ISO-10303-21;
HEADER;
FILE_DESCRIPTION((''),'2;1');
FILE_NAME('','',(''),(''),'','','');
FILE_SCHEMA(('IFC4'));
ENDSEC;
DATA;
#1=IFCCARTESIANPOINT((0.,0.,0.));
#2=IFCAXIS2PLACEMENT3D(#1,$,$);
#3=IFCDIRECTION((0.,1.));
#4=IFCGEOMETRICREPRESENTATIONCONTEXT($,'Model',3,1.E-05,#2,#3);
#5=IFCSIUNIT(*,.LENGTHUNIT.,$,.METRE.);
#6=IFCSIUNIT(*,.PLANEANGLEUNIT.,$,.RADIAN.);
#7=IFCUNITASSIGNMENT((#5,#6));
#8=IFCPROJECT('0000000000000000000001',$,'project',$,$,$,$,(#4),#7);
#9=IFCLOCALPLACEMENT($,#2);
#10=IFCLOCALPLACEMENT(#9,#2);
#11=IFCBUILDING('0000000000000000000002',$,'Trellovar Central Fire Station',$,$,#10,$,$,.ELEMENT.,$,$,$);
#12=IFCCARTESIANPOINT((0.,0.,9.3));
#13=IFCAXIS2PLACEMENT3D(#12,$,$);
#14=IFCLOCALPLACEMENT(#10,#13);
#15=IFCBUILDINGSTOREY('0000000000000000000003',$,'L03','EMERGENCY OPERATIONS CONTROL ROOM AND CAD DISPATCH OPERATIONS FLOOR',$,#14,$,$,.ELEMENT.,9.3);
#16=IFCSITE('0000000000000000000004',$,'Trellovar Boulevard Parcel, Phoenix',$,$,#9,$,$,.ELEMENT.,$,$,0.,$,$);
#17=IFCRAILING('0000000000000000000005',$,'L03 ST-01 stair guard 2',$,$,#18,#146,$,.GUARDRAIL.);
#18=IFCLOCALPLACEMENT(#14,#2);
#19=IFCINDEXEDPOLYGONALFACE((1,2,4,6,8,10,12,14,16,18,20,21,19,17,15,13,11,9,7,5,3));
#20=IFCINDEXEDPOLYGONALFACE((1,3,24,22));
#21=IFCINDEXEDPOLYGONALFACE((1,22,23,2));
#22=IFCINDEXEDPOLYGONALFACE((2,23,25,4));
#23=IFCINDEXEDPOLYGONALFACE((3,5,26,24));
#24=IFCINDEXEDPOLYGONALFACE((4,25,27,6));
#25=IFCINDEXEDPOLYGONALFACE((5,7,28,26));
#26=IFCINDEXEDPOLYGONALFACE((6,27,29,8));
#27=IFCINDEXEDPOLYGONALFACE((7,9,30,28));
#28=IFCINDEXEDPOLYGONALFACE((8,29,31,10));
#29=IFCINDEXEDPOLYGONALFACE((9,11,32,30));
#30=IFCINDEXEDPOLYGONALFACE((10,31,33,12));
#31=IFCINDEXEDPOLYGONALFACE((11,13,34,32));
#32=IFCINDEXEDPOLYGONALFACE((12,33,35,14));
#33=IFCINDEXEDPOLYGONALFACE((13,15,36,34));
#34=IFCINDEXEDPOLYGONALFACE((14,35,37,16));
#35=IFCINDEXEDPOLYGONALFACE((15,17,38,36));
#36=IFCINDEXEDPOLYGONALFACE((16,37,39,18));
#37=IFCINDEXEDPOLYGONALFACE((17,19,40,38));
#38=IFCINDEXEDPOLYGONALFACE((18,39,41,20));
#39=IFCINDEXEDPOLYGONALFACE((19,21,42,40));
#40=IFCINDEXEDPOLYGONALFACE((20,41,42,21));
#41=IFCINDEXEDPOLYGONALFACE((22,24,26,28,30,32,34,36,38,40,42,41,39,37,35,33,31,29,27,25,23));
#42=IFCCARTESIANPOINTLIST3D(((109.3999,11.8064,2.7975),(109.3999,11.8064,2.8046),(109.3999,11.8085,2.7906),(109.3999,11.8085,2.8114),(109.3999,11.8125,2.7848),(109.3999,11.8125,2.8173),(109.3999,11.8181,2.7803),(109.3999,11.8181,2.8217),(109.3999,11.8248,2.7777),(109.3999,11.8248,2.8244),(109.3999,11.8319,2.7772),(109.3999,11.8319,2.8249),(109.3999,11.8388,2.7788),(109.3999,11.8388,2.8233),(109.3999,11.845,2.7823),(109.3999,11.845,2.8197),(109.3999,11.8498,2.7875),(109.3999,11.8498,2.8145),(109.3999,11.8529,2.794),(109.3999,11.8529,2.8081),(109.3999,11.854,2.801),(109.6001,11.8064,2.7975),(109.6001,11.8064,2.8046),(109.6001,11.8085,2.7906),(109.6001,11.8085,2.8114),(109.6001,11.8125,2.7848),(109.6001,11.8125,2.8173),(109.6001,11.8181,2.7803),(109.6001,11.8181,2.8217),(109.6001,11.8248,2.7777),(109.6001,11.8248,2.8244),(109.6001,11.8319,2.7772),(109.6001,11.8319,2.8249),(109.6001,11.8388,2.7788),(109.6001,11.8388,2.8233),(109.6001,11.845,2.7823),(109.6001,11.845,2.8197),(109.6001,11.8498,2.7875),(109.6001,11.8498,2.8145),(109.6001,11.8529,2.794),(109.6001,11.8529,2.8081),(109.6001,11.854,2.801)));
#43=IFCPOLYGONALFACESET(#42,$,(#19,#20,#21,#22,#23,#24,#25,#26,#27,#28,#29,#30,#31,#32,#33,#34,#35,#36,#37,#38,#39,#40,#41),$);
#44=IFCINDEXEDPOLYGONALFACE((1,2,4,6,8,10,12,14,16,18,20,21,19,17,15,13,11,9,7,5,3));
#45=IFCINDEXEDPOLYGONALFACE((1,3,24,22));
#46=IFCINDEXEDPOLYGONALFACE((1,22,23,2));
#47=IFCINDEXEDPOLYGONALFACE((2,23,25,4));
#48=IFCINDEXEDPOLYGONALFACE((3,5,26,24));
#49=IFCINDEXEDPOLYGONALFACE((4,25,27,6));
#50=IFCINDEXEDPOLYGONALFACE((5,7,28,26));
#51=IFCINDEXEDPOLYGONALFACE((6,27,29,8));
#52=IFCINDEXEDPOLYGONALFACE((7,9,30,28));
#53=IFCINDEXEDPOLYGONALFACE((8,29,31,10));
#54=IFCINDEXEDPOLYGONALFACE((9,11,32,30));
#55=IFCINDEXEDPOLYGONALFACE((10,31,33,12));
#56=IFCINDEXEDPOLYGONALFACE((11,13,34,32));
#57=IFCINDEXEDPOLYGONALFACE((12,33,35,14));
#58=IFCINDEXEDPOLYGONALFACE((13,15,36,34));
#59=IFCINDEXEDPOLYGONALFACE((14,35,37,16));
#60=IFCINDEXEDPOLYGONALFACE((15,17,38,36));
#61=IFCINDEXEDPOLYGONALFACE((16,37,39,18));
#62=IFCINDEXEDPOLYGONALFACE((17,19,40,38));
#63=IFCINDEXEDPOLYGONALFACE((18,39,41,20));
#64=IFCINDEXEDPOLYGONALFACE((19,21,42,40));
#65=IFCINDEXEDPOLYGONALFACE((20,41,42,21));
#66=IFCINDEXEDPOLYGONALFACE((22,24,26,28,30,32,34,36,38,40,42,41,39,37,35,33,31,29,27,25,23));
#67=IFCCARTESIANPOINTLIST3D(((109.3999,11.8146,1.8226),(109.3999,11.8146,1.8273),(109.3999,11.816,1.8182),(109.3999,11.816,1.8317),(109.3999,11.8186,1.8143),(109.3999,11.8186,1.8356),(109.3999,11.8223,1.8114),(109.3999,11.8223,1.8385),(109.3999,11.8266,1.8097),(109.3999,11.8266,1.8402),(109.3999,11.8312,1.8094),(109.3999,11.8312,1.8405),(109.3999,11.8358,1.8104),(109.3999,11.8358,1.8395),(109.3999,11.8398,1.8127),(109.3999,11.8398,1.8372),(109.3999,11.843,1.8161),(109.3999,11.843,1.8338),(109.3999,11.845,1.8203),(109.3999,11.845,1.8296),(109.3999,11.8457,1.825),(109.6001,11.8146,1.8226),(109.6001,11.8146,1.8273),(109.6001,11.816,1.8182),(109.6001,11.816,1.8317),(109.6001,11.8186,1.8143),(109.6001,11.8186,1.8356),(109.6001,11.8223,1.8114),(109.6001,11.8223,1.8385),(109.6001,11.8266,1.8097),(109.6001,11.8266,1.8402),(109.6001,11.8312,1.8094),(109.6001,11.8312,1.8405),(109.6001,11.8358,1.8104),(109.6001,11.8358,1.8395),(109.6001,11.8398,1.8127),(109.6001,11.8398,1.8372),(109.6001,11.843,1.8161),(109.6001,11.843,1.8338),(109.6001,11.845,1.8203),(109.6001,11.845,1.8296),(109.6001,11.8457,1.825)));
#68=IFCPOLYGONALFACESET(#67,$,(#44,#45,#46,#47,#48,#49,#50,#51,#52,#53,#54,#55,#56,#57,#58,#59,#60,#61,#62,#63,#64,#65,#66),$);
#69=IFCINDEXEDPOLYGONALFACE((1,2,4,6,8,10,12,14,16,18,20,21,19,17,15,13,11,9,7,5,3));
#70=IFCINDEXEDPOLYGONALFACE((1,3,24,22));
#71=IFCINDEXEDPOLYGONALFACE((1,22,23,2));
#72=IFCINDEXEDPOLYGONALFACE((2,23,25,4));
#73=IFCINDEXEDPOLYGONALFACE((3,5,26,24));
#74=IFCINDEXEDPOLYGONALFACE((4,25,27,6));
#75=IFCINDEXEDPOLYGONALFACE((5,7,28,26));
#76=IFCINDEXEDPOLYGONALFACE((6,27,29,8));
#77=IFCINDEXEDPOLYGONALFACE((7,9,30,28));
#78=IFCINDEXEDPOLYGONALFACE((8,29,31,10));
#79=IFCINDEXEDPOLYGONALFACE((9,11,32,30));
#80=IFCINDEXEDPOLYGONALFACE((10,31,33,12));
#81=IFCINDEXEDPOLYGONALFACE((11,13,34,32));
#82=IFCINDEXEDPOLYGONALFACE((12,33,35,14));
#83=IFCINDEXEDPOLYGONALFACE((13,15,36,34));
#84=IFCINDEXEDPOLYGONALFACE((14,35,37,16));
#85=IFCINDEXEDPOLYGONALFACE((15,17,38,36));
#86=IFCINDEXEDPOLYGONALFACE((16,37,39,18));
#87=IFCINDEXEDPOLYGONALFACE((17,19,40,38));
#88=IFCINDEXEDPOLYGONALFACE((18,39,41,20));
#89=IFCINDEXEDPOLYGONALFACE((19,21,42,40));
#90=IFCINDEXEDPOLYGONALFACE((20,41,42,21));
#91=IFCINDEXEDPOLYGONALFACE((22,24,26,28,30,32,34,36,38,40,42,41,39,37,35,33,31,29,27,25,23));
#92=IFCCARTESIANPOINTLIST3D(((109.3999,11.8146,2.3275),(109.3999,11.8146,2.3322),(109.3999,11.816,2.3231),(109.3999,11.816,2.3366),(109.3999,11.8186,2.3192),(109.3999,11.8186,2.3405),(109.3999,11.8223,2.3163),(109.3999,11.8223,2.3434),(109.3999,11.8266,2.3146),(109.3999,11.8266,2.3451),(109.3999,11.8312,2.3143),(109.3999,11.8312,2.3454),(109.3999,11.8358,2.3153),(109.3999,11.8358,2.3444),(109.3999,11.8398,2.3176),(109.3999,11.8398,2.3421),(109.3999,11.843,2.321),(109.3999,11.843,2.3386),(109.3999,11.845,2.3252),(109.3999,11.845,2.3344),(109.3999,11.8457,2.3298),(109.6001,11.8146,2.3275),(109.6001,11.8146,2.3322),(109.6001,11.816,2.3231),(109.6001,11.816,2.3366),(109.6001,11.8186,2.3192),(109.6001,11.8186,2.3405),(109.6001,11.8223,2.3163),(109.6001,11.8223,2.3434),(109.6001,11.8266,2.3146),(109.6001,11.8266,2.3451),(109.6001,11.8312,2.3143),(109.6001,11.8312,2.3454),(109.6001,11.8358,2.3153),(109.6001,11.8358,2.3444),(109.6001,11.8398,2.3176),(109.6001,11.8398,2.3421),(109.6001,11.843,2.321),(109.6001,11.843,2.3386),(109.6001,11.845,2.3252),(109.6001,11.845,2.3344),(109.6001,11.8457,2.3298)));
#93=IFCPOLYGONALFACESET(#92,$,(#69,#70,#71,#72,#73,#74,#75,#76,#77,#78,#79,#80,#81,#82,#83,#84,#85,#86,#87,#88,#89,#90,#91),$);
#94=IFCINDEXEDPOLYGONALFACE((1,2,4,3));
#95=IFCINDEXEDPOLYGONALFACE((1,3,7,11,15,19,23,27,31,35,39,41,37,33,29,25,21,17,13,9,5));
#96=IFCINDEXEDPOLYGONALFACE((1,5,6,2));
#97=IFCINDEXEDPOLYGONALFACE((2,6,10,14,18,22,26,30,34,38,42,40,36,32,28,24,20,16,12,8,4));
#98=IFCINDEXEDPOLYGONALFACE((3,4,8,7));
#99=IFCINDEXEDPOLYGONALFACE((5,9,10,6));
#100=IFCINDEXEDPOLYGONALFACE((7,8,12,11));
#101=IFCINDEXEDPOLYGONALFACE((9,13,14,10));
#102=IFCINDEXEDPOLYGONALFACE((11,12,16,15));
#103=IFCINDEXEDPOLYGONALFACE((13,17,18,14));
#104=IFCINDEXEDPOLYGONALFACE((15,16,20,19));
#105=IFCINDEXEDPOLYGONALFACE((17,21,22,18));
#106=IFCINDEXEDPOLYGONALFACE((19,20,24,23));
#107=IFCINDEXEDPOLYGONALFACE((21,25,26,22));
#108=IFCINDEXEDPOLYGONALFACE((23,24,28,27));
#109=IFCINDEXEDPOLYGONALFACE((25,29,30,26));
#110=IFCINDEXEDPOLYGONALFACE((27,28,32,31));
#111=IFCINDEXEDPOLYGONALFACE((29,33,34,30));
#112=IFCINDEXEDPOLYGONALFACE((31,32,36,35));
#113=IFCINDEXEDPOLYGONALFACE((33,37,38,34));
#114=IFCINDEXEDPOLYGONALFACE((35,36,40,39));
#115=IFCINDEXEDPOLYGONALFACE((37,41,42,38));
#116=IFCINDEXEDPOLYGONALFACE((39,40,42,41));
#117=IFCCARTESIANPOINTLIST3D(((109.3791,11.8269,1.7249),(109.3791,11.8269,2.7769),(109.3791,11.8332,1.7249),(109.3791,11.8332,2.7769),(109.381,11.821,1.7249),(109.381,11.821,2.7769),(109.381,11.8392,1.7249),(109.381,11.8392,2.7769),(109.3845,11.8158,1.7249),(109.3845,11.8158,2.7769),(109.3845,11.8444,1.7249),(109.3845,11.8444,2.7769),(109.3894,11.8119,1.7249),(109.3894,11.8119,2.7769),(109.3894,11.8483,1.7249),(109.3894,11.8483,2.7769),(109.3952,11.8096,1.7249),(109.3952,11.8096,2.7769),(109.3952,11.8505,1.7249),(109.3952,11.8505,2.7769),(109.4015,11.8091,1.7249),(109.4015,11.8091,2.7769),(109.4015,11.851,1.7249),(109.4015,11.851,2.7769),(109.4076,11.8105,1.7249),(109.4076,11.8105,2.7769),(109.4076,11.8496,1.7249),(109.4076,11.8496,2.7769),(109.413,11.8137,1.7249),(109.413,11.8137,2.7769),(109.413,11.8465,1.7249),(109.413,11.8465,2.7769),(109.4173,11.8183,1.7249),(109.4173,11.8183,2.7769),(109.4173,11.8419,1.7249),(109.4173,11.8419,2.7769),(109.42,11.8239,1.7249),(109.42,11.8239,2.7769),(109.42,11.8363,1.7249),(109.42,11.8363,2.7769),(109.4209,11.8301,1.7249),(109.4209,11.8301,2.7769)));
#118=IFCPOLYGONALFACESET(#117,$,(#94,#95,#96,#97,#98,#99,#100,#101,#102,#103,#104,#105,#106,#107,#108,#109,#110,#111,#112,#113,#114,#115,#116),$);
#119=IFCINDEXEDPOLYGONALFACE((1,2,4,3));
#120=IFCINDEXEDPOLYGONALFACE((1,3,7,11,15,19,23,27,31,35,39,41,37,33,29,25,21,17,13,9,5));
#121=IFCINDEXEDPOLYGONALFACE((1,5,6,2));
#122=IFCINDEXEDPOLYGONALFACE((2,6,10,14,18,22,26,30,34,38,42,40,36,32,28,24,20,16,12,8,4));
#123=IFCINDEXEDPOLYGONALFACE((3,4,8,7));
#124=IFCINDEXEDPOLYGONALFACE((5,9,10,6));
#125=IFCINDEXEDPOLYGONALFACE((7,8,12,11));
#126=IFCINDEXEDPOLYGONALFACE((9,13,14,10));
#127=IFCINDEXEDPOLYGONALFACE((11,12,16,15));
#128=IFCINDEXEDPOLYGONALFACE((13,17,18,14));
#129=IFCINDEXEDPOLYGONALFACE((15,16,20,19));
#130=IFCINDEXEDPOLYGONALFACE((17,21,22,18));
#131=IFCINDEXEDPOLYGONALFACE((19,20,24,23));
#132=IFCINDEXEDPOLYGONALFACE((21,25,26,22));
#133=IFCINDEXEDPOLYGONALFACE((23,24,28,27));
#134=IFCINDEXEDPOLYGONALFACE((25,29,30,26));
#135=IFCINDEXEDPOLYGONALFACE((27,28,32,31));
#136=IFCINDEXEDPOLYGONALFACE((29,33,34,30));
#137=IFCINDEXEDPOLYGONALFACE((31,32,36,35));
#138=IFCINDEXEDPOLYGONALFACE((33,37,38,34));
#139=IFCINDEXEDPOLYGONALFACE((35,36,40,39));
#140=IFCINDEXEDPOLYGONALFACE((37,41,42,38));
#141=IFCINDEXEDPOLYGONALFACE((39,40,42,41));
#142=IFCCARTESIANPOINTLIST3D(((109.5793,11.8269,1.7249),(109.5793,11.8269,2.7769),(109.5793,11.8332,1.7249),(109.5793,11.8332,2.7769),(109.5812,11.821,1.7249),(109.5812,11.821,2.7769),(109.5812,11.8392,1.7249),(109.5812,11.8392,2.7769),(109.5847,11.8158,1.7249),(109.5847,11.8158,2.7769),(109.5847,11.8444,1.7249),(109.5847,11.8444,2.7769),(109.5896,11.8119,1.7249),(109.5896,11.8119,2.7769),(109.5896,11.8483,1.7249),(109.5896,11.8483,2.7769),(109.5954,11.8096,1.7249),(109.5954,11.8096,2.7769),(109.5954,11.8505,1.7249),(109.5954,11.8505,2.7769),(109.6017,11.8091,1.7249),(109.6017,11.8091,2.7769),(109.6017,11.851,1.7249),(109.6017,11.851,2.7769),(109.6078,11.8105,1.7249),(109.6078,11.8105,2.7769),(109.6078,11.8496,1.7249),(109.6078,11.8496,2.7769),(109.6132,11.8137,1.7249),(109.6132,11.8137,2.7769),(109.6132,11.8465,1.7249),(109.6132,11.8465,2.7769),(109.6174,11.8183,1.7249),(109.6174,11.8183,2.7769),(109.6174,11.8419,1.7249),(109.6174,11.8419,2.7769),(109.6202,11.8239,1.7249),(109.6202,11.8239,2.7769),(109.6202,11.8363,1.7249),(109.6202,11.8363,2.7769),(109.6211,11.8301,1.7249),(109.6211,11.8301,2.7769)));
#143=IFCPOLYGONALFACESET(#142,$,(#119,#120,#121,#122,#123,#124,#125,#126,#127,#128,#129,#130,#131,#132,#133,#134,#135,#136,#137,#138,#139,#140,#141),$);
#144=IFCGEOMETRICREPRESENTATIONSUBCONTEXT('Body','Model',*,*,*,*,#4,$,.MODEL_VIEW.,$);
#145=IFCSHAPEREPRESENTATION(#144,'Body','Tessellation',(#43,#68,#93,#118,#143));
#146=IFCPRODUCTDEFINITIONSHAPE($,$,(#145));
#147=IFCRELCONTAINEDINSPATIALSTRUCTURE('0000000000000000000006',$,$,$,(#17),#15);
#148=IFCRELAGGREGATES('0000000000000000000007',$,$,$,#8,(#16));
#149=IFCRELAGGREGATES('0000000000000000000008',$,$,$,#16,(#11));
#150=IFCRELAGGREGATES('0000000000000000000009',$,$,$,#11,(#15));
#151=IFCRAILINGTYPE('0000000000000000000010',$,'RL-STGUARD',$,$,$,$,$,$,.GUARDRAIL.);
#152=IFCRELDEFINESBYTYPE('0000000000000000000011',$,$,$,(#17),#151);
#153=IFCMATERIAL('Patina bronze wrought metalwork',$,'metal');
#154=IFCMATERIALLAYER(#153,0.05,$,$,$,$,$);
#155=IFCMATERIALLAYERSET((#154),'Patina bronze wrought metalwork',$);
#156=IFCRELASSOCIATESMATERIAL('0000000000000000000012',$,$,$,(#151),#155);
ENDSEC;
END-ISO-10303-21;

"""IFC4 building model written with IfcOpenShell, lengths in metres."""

from ifc_helpers import new_model, si_unit, direction, frame, origin, origin_2d, place, context, subcontext, project, spatial, circle, extrude, material, layer, layer_set, type_object, element, save


model = new_model("IFC4")

# Units and contexts
model_context = context("Model", 3, precision=1e-05, world=origin(), true_north=direction((0.0, 1.0)))
body_context = subcontext(model_context, "Body", "Model", "MODEL_VIEW")
ifc_project = project(units=[si_unit("LENGTHUNIT", "METRE"), si_unit("PLANEANGLEUNIT", "RADIAN")], contexts=[model_context])

# Site, building, storey
site_placement = place(None, origin())
site = spatial("IfcSite", under=ifc_project, at=site_placement, Name="Trellovar Boulevard Parcel, Phoenix", CompositionType="ELEMENT", RefElevation=0.0)
building_placement = place(site_placement, origin())
building = spatial("IfcBuilding", under=site, at=building_placement, Name="Trellovar Central Fire Station", CompositionType="ELEMENT")
storey_placement = place(building_placement, frame((0.0, 0.0, 9.3)))
storey = spatial("IfcBuildingStorey", under=building, at=storey_placement, Name="L03", Description="EMERGENCY OPERATIONS CONTROL ROOM AND CAD DISPATCH OPERATIONS FLOOR", CompositionType="ELEMENT", Elevation=9.3)

# Railing
ifc_material_1 = material(Name="Patina bronze wrought metalwork", Category="metal")
ifc_layer_1 = layer(ifc_material_1, 0.05)
ifc_layer_set_1 = layer_set([ifc_layer_1], Name="Patina bronze wrought metalwork")
railing_type_1 = type_object("IfcRailingType", Name="RL-STGUARD", PredefinedType="GUARDRAIL", material=ifc_layer_set_1)
railing_1_placement = place(storey_placement, frame((109.3999, 11.8301, 1.7249)))
element("IfcRailing", 1, at=railing_1_placement, inside=storey, type_object=railing_type_1, Name="L03 ST-01 stair guard 2", PredefinedType="GUARDRAIL", context=body_context, shape_type="SweptSolid", body=[
    extrude(circle(Radius=0.0239, at=origin_2d()), frame((0.0, 0.0, 1.0762), z_axis=(1.0, 0.0, 0.0), x_axis=(0.0, 1.0, 0.0)), (0.0, 0.0, 1.0), 0.2002),
    extrude(circle(Radius=0.0156, at=origin_2d()), frame((0.0, 0.0, 0.1001), z_axis=(1.0, 0.0, 0.0), x_axis=(0.0, 1.0, 0.0)), (0.0, 0.0, 1.0), 0.2002),
    extrude(circle(Radius=0.0156, at=origin_2d()), frame((0.0, 0.0, 0.605), z_axis=(1.0, 0.0, 0.0), x_axis=(0.0, 1.0, 0.0)), (0.0, 0.0, 1.0), 0.2002),
    extrude(circle(Radius=0.021, at=origin_2d()), origin(), (0.0, 0.0, 1.0), 1.052),
    extrude(circle(Radius=0.021, at=origin_2d()), frame((0.2002, 0.0, 0.0)), (0.0, 0.0, 1.0), 1.052),
])

save(model, "model.ifc")
